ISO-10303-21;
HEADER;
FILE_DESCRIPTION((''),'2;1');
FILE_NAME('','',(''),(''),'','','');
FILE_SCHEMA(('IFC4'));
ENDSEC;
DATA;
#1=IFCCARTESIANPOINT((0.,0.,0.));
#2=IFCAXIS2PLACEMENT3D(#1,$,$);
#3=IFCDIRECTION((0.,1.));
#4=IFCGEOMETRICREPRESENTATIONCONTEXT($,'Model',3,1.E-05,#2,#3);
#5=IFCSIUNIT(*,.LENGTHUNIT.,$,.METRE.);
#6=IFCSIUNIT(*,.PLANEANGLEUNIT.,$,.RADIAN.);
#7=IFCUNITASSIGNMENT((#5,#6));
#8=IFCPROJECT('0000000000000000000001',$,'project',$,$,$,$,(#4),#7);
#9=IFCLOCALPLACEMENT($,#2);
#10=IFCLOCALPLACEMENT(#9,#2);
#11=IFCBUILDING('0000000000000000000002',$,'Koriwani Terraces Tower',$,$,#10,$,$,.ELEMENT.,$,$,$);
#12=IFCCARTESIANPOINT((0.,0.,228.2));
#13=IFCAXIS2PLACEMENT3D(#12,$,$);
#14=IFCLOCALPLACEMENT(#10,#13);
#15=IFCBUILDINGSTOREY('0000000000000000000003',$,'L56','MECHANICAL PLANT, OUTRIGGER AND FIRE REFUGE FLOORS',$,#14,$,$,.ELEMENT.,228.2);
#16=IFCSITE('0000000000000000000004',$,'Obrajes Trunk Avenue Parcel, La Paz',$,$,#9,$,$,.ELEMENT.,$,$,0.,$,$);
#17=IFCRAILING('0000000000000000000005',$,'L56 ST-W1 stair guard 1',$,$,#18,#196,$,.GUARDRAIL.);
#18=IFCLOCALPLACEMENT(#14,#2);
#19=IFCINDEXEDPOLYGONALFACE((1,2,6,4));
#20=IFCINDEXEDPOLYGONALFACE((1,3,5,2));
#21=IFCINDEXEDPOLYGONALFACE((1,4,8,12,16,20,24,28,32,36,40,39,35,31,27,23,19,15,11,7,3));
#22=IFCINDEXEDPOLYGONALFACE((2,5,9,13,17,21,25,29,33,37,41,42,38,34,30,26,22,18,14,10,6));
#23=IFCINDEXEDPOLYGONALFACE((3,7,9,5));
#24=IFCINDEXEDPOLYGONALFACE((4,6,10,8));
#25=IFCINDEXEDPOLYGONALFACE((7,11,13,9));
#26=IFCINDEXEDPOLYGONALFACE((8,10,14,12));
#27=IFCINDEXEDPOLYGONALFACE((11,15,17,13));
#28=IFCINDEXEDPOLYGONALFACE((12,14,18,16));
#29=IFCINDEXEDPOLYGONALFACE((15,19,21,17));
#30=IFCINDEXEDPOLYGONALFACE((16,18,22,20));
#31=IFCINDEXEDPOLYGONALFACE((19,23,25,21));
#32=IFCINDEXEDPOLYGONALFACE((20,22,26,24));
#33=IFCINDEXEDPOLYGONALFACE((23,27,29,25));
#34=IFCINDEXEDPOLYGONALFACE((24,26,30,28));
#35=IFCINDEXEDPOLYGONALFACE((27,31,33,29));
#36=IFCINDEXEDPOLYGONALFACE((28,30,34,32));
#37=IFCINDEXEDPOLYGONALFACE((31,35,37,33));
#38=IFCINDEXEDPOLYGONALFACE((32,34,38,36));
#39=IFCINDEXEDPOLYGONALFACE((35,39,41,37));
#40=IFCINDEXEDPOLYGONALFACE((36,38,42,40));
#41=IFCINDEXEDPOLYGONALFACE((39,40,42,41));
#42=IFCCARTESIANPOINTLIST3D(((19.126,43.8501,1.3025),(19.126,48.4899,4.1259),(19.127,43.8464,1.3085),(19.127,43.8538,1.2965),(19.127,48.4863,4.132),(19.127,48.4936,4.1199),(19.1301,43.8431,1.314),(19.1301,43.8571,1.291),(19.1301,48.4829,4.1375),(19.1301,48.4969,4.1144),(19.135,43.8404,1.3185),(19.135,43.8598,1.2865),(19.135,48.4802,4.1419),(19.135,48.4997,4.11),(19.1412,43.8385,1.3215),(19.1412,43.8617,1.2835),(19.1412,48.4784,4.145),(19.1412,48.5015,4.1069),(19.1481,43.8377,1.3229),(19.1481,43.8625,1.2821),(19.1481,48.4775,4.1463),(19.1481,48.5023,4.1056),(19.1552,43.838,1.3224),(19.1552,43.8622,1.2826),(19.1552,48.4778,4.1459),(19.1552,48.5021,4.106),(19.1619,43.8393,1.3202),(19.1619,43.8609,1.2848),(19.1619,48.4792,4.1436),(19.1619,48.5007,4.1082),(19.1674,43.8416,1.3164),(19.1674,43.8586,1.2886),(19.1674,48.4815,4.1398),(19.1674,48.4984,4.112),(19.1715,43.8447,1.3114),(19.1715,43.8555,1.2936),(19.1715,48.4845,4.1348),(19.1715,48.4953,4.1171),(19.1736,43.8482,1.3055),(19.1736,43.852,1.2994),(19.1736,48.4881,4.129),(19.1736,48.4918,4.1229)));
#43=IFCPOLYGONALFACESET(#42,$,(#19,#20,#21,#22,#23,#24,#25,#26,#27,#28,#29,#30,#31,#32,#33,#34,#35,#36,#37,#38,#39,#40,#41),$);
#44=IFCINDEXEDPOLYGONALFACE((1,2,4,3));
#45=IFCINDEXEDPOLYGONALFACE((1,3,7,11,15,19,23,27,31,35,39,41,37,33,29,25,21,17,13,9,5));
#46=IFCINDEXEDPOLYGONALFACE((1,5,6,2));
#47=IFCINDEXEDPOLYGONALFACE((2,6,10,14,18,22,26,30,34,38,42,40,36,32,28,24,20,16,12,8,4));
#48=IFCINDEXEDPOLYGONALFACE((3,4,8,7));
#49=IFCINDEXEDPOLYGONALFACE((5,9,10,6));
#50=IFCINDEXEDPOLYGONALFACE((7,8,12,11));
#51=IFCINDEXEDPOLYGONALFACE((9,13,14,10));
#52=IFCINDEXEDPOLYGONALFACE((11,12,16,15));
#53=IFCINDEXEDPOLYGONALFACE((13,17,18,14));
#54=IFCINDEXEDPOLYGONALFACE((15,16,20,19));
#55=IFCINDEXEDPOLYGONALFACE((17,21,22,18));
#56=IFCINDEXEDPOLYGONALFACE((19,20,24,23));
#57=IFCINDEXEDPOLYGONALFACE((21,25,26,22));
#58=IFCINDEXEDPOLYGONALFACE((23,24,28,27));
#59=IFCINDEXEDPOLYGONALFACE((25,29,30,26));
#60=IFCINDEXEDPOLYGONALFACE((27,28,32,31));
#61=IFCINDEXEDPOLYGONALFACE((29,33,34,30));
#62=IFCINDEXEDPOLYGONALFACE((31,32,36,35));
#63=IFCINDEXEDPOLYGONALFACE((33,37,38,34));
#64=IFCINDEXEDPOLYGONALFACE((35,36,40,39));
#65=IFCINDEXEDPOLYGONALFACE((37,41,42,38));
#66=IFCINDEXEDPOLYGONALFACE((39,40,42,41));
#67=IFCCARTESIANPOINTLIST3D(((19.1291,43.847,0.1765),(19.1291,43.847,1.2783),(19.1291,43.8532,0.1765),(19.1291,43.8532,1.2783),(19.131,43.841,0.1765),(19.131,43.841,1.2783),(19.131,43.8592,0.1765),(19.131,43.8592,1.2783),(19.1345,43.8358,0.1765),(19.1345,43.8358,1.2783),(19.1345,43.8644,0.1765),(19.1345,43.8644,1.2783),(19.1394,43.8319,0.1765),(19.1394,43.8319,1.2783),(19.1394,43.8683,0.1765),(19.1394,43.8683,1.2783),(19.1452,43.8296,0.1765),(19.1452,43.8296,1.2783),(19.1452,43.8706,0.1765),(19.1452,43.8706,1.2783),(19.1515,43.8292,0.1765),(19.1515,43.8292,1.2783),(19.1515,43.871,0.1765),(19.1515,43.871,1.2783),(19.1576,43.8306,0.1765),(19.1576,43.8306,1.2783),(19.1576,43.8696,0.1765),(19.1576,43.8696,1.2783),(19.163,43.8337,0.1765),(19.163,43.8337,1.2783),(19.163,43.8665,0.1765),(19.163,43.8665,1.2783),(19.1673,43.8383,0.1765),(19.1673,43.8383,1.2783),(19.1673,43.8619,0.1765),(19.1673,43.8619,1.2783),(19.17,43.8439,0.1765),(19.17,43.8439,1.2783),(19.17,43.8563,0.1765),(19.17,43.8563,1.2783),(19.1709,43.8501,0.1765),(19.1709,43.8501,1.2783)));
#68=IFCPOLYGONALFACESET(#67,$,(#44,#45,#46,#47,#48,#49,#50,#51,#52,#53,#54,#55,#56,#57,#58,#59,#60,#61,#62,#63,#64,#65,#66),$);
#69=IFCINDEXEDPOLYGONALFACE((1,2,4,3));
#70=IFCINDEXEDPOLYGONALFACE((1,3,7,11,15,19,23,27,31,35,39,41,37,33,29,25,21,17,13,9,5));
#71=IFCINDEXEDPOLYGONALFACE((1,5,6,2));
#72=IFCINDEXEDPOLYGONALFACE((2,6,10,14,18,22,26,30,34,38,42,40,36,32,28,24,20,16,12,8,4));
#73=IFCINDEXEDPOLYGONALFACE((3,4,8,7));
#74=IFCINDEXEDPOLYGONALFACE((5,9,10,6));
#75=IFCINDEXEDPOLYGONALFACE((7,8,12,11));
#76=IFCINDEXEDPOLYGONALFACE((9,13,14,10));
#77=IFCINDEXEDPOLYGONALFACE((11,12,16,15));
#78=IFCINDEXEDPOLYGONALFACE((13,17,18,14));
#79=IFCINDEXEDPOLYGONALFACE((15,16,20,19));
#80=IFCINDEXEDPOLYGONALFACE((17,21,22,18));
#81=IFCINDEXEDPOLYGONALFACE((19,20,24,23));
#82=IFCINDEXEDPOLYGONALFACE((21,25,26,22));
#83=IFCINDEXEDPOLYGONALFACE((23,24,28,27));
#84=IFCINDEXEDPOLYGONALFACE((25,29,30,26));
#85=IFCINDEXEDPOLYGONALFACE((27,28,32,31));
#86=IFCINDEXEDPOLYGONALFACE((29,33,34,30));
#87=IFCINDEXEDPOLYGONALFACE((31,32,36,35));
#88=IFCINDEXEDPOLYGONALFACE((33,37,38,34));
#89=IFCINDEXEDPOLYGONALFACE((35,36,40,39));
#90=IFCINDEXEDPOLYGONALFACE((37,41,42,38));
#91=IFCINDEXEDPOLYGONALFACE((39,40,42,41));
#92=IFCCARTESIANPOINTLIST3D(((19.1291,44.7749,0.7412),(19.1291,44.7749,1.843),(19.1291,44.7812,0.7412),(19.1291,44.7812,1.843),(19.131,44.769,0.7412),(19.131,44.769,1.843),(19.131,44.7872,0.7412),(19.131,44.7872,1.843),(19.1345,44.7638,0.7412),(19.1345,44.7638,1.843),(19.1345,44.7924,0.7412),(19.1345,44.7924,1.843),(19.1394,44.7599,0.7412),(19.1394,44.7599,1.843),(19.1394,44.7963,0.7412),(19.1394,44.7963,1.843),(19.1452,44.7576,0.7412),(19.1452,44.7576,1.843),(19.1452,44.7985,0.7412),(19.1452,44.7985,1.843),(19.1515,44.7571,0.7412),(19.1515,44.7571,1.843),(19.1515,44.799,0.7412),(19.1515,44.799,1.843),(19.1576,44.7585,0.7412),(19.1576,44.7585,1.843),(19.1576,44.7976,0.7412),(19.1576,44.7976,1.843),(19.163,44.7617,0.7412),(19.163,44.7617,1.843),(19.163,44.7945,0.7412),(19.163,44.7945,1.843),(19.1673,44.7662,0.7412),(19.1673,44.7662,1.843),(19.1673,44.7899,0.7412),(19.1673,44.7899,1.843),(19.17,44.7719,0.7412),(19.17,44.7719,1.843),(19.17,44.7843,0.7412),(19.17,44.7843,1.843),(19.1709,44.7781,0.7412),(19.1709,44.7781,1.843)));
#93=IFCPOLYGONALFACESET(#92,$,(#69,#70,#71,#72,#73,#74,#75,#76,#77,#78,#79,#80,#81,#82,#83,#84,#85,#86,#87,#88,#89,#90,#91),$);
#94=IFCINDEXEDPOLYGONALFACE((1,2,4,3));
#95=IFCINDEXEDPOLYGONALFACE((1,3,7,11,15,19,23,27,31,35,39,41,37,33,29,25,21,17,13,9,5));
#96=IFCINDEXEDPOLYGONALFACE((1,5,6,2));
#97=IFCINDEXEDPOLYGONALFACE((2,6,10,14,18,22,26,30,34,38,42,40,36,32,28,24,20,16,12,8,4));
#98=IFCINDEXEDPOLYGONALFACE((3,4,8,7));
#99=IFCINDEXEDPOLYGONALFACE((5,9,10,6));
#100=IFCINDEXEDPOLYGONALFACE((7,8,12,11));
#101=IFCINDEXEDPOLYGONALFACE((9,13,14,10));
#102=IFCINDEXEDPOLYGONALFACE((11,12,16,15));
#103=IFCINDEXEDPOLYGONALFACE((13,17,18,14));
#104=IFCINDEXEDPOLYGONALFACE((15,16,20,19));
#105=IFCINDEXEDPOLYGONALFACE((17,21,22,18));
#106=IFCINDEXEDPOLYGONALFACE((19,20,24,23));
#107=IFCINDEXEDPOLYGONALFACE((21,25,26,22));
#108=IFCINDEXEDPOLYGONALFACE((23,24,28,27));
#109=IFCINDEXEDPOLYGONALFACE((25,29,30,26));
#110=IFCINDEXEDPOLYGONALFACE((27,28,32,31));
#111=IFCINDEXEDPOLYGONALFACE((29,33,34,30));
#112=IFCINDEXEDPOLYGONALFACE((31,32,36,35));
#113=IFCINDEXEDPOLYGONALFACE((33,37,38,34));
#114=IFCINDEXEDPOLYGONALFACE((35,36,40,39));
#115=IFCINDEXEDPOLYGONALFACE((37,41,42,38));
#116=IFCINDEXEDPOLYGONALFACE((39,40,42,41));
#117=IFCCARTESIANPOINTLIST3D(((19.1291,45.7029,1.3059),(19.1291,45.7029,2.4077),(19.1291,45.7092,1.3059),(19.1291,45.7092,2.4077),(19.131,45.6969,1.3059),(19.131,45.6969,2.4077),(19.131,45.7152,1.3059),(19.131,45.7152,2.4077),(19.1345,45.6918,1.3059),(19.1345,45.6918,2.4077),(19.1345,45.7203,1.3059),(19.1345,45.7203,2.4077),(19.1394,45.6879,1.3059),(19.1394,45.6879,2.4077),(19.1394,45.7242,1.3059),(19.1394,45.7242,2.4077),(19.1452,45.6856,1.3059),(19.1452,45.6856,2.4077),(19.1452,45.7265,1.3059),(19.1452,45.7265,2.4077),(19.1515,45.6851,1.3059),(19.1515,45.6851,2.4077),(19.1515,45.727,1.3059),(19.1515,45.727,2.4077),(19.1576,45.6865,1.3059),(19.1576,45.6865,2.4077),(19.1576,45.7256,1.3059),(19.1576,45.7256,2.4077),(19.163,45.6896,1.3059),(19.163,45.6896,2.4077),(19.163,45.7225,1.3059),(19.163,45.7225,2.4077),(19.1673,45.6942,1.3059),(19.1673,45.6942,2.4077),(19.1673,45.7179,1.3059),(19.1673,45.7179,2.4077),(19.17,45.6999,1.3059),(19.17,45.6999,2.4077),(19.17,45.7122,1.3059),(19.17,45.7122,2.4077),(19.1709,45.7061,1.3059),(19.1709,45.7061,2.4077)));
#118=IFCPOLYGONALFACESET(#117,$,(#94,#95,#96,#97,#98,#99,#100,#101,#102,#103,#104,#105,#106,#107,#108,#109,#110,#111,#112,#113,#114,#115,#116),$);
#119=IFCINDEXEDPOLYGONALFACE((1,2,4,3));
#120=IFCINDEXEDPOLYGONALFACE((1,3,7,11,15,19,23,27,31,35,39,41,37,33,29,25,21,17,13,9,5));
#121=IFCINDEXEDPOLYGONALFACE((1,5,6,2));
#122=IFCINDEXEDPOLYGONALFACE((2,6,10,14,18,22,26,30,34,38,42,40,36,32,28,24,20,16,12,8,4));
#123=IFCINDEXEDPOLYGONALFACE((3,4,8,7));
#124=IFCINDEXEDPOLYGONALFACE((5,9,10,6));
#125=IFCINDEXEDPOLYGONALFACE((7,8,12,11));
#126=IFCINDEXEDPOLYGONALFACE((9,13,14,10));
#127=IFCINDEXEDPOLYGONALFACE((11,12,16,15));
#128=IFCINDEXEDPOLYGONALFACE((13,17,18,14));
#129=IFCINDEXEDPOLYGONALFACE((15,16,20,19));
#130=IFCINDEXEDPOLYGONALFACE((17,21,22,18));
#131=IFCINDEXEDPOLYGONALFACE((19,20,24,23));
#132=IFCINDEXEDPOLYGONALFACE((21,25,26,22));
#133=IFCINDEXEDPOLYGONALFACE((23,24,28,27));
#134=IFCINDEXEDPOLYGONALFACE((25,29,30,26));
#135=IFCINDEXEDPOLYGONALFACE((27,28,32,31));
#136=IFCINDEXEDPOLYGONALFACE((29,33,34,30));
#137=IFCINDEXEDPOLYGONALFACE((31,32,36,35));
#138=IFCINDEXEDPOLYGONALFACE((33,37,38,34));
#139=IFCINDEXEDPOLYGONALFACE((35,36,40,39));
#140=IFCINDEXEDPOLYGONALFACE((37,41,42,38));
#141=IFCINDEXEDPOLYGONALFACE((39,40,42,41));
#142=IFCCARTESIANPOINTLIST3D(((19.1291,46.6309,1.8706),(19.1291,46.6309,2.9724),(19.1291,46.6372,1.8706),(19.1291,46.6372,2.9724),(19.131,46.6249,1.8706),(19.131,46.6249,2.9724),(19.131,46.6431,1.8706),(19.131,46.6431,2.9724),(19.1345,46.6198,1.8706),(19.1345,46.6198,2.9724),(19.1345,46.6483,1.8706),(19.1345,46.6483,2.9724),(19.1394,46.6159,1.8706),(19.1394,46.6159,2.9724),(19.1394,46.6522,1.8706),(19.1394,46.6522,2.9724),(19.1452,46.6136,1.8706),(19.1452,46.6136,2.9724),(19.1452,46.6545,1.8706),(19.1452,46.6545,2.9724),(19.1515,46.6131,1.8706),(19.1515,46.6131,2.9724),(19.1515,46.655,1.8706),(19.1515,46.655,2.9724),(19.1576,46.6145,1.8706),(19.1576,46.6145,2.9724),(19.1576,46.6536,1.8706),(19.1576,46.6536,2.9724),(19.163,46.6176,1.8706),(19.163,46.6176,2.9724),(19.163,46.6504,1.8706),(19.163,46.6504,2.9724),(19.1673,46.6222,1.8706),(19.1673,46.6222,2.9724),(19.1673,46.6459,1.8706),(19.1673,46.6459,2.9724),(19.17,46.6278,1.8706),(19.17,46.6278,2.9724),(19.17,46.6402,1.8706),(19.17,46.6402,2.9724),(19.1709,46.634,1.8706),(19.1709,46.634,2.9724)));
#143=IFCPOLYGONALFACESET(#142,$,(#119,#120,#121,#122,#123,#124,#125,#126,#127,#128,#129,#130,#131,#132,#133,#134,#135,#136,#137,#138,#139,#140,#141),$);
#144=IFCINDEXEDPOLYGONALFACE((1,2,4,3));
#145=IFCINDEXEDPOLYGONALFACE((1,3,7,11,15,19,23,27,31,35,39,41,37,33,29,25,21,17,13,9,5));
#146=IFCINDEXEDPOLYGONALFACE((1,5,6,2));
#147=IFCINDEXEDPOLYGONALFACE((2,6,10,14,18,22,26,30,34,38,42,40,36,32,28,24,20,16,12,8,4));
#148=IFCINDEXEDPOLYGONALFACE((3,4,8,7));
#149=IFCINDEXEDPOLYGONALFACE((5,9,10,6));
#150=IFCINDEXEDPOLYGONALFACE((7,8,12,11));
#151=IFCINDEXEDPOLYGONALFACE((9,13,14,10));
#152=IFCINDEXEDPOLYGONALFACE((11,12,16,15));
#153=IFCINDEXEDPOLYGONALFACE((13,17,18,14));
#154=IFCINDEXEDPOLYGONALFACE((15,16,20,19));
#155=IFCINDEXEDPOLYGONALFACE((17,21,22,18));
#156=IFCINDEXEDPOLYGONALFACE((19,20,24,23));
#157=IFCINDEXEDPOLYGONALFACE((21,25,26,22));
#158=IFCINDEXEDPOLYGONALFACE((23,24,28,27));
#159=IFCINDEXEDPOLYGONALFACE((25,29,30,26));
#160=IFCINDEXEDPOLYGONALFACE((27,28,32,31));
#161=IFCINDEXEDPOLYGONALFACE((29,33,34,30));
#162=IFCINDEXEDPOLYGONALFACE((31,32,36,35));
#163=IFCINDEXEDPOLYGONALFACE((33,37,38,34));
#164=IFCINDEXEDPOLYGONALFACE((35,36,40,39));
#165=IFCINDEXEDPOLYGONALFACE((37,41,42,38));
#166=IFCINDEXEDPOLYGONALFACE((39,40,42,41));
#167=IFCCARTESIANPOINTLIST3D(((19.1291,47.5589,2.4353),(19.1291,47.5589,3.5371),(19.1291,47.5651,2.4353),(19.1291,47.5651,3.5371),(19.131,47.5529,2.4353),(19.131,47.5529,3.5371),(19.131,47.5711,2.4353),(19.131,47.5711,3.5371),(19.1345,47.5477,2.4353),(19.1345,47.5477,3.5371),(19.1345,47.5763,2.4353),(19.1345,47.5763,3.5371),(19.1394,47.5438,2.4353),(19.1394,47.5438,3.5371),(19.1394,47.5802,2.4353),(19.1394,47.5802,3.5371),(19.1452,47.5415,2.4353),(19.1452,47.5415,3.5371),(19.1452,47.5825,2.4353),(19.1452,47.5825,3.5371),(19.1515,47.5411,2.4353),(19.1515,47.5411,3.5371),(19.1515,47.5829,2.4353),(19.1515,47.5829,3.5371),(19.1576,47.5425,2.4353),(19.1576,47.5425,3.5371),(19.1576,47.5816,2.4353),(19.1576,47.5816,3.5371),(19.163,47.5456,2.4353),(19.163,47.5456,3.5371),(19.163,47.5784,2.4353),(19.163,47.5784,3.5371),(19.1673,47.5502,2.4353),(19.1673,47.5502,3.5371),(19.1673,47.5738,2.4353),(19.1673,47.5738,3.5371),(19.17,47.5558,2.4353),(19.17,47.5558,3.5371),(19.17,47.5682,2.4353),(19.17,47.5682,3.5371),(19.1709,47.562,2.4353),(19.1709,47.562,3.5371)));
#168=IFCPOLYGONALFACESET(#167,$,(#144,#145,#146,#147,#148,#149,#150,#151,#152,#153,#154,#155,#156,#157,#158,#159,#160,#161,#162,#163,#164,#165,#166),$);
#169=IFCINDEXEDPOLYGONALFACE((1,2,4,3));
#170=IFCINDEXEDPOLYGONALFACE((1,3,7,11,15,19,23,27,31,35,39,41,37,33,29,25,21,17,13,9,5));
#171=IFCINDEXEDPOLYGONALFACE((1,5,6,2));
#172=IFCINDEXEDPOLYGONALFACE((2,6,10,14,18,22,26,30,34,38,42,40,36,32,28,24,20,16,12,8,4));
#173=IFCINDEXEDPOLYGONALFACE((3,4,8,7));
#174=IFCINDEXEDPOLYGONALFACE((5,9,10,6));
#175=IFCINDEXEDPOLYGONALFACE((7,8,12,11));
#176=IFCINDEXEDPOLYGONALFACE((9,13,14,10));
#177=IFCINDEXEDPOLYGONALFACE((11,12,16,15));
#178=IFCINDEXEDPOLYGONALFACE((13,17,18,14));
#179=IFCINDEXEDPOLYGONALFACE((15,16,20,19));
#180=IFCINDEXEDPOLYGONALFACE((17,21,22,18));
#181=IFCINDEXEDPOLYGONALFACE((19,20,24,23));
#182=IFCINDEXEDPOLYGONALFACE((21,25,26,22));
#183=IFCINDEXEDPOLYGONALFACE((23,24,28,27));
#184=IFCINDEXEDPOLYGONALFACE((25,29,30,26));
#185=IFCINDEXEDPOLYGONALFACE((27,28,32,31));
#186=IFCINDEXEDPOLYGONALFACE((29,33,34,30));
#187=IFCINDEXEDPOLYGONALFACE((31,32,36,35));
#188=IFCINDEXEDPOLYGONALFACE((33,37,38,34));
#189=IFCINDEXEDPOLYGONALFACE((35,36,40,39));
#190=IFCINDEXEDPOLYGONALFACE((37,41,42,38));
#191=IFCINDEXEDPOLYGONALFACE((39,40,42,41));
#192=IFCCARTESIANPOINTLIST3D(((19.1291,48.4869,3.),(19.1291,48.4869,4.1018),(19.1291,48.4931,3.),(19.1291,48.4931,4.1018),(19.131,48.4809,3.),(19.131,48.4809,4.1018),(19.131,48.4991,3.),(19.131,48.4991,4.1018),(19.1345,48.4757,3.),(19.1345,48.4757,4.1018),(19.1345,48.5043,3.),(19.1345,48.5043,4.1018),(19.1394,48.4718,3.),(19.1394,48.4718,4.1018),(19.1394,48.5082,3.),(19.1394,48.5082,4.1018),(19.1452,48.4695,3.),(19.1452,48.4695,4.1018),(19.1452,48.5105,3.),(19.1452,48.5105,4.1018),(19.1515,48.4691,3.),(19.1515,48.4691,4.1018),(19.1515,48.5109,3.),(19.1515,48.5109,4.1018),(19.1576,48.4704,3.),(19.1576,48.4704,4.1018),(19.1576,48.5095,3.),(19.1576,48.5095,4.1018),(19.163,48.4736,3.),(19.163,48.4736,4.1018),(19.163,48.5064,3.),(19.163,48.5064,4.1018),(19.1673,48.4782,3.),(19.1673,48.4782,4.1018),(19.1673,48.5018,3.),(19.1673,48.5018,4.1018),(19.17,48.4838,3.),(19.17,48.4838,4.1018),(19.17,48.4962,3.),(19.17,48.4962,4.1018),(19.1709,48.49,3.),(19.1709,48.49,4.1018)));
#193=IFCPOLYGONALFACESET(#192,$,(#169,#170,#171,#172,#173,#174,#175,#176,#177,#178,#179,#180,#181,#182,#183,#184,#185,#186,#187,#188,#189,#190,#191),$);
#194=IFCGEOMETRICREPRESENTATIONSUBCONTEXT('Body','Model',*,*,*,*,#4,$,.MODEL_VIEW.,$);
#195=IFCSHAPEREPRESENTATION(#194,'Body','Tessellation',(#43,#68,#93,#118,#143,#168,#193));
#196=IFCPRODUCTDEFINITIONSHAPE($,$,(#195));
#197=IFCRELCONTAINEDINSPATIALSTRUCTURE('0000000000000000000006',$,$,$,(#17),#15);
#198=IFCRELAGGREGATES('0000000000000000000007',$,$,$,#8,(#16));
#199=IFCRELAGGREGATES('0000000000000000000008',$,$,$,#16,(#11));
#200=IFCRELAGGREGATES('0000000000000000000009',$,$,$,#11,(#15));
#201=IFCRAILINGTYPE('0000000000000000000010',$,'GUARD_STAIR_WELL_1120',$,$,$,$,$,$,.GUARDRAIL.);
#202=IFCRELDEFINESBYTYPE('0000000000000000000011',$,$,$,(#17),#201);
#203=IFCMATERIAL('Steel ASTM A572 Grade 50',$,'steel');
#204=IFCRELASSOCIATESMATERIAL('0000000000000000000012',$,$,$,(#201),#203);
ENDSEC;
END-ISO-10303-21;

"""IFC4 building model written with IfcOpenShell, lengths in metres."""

from ifc_helpers import new_model, si_unit, direction, frame, origin, origin_2d, place, context, subcontext, project, spatial, circle, extrude, material, type_object, element, save


model = new_model("IFC4")

# Units and contexts
model_context = context("Model", 3, precision=1e-05, world=origin(), true_north=direction((0.0, 1.0)))
body_context = subcontext(model_context, "Body", "Model", "MODEL_VIEW")
ifc_project = project(units=[si_unit("LENGTHUNIT", "METRE"), si_unit("PLANEANGLEUNIT", "RADIAN")], contexts=[model_context])

# Site, building, storey
site_placement = place(None, origin())
site = spatial("IfcSite", under=ifc_project, at=site_placement, Name="Obrajes Trunk Avenue Parcel, La Paz", CompositionType="ELEMENT", RefElevation=0.0)
building_placement = place(site_placement, origin())
building = spatial("IfcBuilding", under=site, at=building_placement, Name="Koriwani Terraces Tower", CompositionType="ELEMENT")
storey_placement = place(building_placement, frame((0.0, 0.0, 228.2)))
storey = spatial("IfcBuildingStorey", under=building, at=storey_placement, Name="L56", Description="MECHANICAL PLANT, OUTRIGGER AND FIRE REFUGE FLOORS", CompositionType="ELEMENT", Elevation=228.2)

# Shared definitions
ifc_material_1 = material(Name="Steel ASTM A572 Grade 50", Category="steel")

# Railing
railing_type_1 = type_object("IfcRailingType", Name="GUARD_STAIR_WELL_1120", PredefinedType="GUARDRAIL", material=ifc_material_1)
railing_1_placement = place(storey_placement, frame((19.1499, 43.8501, 0.1765)))
element("IfcRailing", 1, at=railing_1_placement, inside=storey, type_object=railing_type_1, Name="L56 ST-W1 stair guard 1", PredefinedType="GUARDRAIL", context=body_context, shape_type="SweptSolid", body=[
    extrude(circle(Radius=0.0239, at=origin_2d()), frame((0.0, 0.0, 1.126), z_axis=(0.0, 0.854264, 0.51984), x_axis=(-1.0, 0.0, 0.0)), (0.0, 0.0, 1.0), 5.4314),
    extrude(circle(Radius=0.021, at=origin_2d()), origin(), (0.0, 0.0, 1.0), 1.1018),
    extrude(circle(Radius=0.021, at=origin_2d()), frame((0.0, 0.928, 0.5647)), (0.0, 0.0, 1.0), 1.1018),
    extrude(circle(Radius=0.021, at=origin_2d()), frame((0.0, 1.856, 1.1294)), (0.0, 0.0, 1.0), 1.1018),
    extrude(circle(Radius=0.021, at=origin_2d()), frame((0.0, 2.7839, 1.6941)), (0.0, 0.0, 1.0), 1.1018),
    extrude(circle(Radius=0.021, at=origin_2d()), frame((0.0, 3.7119, 2.2588)), (0.0, 0.0, 1.0), 1.1018),
    extrude(circle(Radius=0.021, at=origin_2d()), frame((0.0, 4.6399, 2.8235)), (0.0, 0.0, 1.0), 1.1018),
])

save(model, "model.ifc")
